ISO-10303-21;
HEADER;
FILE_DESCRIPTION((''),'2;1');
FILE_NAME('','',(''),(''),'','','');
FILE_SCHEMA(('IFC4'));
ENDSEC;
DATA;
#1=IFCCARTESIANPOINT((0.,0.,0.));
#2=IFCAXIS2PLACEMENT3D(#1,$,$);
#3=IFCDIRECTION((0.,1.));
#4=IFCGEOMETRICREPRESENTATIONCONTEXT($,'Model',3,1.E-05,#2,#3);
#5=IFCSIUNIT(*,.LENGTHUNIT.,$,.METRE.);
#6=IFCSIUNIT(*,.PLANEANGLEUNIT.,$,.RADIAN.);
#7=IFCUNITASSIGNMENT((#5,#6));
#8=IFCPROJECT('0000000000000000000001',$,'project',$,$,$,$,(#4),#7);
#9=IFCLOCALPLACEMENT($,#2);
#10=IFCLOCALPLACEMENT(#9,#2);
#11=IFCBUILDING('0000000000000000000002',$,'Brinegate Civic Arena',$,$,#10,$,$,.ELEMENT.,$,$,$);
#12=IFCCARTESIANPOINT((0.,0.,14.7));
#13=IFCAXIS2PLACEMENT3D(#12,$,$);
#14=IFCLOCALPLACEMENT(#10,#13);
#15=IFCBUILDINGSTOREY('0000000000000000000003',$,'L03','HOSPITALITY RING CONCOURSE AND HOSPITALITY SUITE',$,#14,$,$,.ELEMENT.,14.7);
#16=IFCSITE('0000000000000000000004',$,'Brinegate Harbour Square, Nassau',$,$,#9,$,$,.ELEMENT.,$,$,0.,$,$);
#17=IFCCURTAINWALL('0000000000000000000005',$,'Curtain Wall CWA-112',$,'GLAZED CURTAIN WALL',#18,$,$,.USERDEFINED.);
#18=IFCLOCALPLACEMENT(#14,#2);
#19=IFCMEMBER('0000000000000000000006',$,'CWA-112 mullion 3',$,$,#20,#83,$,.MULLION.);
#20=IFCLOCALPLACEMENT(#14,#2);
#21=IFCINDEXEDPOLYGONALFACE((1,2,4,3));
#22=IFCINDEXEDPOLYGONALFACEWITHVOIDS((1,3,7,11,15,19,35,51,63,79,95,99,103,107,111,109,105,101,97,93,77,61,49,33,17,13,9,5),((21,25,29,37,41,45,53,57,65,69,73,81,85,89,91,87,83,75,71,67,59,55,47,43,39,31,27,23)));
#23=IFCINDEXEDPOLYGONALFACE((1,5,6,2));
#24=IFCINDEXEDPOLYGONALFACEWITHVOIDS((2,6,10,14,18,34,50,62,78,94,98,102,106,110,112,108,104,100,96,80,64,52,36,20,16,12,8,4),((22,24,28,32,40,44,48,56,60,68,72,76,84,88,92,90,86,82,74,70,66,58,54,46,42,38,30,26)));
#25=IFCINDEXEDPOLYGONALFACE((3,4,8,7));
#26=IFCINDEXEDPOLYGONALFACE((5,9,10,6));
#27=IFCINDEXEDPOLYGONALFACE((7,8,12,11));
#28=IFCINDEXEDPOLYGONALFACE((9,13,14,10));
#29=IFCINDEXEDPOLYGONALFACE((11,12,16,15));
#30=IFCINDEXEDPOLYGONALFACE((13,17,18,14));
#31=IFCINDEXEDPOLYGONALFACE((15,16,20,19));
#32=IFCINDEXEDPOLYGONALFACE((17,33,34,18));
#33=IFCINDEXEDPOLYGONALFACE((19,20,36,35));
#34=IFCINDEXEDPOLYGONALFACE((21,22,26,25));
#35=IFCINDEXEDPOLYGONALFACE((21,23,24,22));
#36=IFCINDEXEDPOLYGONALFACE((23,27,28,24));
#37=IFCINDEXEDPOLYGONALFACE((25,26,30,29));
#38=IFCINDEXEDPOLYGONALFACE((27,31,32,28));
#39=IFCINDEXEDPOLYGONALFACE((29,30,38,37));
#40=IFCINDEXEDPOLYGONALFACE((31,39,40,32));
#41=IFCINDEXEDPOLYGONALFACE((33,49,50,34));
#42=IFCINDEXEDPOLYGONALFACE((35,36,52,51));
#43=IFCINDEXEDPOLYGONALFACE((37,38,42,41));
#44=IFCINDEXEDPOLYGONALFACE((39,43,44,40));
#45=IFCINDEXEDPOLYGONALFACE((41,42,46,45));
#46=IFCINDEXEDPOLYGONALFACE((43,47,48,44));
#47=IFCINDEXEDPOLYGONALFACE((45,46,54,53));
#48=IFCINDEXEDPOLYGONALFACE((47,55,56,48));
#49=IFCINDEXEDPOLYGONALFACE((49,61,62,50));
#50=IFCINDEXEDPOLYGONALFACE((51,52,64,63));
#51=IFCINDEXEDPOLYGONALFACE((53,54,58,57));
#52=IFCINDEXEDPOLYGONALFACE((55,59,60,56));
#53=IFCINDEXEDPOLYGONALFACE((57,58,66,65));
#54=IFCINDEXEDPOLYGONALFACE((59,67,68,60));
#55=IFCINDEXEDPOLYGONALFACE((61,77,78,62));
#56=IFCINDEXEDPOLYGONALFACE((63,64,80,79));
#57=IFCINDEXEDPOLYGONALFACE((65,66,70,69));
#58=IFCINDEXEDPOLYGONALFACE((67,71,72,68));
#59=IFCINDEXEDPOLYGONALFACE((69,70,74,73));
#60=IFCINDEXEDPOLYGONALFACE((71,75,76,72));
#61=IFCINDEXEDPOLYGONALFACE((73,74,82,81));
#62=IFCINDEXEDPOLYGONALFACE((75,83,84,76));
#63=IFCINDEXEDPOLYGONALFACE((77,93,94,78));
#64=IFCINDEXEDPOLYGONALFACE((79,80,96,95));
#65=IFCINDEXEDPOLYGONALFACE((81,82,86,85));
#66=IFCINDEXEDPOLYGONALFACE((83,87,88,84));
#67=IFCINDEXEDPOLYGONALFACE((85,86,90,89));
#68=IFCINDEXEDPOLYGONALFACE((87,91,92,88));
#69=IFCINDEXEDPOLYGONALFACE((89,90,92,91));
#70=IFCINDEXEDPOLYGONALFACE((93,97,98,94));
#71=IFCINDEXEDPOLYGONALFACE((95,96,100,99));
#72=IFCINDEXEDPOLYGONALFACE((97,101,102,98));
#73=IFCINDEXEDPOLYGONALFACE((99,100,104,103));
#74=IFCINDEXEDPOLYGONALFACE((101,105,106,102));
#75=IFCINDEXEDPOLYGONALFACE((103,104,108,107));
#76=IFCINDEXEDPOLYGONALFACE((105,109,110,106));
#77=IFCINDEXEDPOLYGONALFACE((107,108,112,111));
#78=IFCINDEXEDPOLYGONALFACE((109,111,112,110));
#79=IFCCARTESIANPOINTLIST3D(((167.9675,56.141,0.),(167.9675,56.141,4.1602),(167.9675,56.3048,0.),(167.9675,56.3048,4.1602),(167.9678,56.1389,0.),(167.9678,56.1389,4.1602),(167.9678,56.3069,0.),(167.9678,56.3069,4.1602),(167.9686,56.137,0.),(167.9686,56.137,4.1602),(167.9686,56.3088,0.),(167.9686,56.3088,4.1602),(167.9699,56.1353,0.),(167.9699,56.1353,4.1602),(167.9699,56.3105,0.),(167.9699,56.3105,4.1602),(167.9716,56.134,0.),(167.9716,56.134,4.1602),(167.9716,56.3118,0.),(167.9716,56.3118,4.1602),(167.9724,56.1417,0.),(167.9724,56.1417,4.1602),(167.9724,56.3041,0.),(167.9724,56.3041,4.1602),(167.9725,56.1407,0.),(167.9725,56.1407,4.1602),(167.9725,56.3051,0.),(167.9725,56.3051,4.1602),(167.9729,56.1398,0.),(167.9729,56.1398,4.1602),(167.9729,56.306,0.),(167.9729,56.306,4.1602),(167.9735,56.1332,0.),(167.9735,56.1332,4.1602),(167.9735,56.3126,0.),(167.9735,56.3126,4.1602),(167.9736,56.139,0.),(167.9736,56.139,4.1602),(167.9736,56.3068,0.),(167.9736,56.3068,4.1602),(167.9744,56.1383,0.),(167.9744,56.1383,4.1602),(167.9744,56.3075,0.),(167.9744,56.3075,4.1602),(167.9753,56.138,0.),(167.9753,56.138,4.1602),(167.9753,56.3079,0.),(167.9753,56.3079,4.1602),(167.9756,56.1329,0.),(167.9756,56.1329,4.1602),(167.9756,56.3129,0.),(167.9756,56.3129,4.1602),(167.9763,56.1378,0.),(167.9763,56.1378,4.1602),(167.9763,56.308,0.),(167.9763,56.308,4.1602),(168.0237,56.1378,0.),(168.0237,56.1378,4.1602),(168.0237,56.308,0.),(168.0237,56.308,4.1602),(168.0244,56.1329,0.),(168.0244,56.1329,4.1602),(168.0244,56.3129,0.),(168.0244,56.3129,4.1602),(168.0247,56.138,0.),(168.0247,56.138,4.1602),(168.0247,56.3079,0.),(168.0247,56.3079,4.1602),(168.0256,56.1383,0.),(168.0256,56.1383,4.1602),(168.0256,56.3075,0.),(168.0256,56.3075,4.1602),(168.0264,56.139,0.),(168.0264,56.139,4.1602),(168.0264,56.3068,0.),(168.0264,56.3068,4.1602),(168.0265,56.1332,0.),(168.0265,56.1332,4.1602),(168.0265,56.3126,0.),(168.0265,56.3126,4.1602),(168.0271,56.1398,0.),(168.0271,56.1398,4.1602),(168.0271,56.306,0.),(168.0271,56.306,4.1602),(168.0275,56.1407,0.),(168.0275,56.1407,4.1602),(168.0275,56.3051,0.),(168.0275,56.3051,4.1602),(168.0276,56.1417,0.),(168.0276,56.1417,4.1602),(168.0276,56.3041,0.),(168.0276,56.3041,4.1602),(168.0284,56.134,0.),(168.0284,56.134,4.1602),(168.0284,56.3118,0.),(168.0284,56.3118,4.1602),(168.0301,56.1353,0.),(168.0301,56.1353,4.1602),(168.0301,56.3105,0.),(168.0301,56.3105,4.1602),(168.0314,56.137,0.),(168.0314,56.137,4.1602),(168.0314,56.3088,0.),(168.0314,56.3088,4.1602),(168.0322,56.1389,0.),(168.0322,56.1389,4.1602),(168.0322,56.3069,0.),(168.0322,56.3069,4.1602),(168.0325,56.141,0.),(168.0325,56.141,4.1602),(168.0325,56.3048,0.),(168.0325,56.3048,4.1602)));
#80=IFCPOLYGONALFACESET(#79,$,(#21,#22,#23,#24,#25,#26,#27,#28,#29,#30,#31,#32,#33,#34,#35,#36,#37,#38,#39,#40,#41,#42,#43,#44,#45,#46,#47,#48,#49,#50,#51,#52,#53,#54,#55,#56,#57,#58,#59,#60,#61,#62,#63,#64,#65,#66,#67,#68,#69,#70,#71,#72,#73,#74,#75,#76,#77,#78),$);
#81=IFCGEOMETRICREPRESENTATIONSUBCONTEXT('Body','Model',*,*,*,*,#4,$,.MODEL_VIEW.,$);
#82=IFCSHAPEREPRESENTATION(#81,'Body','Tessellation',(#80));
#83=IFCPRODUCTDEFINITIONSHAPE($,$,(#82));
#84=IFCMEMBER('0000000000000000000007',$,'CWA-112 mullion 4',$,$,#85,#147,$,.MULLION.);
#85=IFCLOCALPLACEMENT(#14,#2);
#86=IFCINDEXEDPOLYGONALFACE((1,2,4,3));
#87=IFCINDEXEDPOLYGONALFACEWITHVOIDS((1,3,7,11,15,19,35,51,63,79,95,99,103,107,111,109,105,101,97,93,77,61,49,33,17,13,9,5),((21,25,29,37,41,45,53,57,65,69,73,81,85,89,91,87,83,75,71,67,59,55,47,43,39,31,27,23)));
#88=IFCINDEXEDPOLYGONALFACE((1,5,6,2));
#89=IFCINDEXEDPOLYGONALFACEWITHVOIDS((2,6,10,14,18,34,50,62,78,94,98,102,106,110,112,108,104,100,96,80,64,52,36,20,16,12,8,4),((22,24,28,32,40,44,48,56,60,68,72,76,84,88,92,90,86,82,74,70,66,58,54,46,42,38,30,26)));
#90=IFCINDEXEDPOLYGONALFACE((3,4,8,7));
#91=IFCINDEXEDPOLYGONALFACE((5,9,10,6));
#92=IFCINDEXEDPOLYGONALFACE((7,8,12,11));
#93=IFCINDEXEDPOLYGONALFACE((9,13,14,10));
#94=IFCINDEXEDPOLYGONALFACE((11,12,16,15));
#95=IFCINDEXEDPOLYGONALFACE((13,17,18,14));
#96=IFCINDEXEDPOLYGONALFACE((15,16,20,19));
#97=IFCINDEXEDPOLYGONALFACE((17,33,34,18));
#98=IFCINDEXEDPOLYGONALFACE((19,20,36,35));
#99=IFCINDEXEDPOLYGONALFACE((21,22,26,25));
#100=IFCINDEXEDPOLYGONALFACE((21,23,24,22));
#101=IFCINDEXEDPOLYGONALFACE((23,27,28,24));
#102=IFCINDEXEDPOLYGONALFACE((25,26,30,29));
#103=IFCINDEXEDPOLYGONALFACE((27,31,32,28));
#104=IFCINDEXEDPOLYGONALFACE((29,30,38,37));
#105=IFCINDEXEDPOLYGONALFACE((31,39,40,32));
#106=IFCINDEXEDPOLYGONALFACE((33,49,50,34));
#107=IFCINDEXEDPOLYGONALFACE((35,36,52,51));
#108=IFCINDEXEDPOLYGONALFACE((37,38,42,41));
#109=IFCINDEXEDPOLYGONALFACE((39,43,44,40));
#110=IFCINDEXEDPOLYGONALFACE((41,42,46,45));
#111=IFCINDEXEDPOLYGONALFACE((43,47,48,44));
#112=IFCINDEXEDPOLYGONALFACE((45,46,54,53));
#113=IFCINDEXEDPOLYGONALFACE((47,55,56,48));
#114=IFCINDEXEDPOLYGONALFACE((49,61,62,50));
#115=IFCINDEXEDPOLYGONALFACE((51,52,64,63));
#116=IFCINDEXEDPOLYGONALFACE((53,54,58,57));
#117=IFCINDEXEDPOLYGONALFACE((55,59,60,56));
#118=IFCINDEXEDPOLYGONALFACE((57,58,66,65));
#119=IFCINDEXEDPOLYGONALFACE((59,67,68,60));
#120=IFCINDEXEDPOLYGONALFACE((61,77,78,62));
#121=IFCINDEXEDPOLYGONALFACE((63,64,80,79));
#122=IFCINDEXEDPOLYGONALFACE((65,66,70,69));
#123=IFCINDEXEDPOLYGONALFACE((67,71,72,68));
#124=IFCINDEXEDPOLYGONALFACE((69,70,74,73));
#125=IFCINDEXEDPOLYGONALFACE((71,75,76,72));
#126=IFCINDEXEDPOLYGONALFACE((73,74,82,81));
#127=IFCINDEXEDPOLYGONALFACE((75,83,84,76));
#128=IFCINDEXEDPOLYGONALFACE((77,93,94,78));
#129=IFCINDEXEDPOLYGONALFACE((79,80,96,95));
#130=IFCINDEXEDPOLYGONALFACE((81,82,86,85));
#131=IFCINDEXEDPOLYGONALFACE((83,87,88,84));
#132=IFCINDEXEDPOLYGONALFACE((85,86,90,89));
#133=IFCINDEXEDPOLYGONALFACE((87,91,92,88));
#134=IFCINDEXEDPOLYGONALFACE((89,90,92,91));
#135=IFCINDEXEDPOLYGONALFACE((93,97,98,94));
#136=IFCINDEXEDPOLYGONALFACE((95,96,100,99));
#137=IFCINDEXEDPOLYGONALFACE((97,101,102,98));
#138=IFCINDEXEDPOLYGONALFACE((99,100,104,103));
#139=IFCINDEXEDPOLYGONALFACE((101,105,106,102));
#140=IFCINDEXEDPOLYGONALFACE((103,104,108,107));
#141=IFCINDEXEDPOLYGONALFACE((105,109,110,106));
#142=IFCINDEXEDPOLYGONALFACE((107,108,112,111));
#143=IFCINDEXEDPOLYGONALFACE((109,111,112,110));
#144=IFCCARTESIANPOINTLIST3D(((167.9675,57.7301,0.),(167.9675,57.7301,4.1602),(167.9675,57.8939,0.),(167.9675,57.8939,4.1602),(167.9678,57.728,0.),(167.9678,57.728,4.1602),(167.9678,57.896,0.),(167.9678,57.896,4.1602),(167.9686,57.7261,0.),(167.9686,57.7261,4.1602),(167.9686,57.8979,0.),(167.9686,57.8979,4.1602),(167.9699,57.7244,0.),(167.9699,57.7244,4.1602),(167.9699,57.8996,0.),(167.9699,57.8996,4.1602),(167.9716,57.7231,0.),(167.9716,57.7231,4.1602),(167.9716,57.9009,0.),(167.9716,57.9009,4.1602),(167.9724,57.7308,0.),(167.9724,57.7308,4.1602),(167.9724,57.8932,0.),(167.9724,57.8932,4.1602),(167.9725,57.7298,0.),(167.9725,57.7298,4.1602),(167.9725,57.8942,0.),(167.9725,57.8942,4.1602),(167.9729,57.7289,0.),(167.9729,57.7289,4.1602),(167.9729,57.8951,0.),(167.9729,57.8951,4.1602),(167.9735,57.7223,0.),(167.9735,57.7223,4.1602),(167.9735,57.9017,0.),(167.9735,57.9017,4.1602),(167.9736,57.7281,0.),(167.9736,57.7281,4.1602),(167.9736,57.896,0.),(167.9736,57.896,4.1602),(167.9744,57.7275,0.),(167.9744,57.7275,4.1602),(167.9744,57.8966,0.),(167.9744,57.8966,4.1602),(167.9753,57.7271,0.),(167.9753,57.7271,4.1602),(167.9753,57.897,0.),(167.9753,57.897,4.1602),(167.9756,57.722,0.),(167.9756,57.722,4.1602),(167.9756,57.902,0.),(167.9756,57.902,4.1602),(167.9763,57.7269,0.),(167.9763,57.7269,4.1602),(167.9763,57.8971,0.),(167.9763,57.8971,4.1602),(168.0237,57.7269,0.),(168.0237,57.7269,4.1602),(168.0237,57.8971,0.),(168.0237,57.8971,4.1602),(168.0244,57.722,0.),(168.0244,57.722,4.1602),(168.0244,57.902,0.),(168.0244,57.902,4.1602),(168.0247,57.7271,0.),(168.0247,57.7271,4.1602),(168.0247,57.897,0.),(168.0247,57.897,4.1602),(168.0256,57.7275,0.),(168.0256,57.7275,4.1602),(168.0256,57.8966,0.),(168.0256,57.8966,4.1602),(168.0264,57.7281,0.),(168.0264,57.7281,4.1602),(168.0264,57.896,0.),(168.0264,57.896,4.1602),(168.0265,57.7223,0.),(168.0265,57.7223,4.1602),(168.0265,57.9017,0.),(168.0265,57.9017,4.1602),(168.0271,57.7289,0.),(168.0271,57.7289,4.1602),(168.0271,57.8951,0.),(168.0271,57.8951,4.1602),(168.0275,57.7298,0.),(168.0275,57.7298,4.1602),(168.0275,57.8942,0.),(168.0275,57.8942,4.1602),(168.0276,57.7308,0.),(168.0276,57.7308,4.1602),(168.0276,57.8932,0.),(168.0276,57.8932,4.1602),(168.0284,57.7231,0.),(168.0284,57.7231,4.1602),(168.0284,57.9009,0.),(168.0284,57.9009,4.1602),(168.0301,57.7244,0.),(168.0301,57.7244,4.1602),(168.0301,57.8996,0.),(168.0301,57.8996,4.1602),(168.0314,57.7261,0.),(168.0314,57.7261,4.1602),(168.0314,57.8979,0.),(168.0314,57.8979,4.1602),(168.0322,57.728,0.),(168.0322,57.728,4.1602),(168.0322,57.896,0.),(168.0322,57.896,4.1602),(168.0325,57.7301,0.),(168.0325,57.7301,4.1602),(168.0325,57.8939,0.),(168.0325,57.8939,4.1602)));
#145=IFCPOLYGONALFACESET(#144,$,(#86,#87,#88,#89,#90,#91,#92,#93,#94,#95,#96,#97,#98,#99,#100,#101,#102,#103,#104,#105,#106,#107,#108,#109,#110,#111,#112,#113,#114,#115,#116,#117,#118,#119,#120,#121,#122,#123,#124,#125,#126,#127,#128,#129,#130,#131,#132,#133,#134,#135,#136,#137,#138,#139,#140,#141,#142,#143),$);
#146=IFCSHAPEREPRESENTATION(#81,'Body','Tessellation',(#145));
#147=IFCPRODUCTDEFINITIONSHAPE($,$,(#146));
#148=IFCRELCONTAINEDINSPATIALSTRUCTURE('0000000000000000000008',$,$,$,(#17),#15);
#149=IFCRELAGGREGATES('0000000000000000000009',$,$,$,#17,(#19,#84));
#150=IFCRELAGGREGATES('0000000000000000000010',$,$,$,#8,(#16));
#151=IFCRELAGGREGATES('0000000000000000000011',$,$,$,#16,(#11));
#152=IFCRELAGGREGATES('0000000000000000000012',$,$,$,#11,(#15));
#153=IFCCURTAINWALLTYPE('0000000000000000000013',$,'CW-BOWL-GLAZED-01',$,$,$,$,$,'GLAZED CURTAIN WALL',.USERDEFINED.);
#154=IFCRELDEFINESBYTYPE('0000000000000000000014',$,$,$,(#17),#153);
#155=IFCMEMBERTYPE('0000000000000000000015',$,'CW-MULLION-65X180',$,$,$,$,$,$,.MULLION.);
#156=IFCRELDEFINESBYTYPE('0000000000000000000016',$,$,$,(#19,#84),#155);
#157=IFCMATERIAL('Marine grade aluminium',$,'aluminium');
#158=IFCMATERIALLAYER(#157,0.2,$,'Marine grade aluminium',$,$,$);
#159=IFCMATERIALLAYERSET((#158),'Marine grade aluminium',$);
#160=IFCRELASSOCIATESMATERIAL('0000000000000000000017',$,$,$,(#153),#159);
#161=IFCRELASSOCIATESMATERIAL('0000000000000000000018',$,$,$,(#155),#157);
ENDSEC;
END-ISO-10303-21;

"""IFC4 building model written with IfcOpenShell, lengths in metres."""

from ifc_helpers import new_model, si_unit, direction, frame, origin, origin_2d, place, context, subcontext, project, spatial, hollow_rectangle, extrude, material, layer, layer_set, material_profile, profile_set, type_object, element, aggregate, save


model = new_model("IFC4")

# Units and contexts
model_context = context("Model", 3, precision=1e-05, world=origin(), true_north=direction((0.0, 1.0)))
body_context = subcontext(model_context, "Body", "Model", "MODEL_VIEW")
ifc_project = project(units=[si_unit("LENGTHUNIT", "METRE"), si_unit("PLANEANGLEUNIT", "RADIAN")], contexts=[model_context])

# Site, building, storey
site_placement = place(None, origin())
site = spatial("IfcSite", under=ifc_project, at=site_placement, Name="Brinegate Harbour Square, Nassau", CompositionType="ELEMENT", RefElevation=0.0)
building_placement = place(site_placement, origin())
building = spatial("IfcBuilding", under=site, at=building_placement, Name="Brinegate Civic Arena", CompositionType="ELEMENT")
storey_placement = place(building_placement, frame((0.0, 0.0, 14.7)))
storey = spatial("IfcBuildingStorey", under=building, at=storey_placement, Name="L03", Description="HOSPITALITY RING CONCOURSE AND HOSPITALITY SUITE", CompositionType="ELEMENT", Elevation=14.7)

# Curtain wall, members
ifc_material_1 = material(Name="Marine grade aluminium", Category="aluminium")
ifc_layer_1 = layer(ifc_material_1, 0.2, Name="Marine grade aluminium")
ifc_layer_set_1 = layer_set([ifc_layer_1], Name="Marine grade aluminium")
curtain_wall_type = type_object("IfcCurtainWallType", Name="CW-BOWL-GLAZED-01", ElementType="GLAZED CURTAIN WALL", PredefinedType="USERDEFINED", material=ifc_layer_set_1)
curtain_wall_1_placement = place(storey_placement, origin())
curtain_wall_1 = element("IfcCurtainWall", 1, at=curtain_wall_1_placement, inside=storey, type_object=curtain_wall_type, Name="Curtain Wall CWA-112", ObjectType="GLAZED CURTAIN WALL", PredefinedType="USERDEFINED")
ifc_material_profile_1 = material_profile(ifc_material_1, hollow_rectangle(XDim=0.0649, YDim=0.1799, WallThickness=0.0049, InnerFilletRadius=0.0039, OuterFilletRadius=0.0081, at=origin_2d()), Name="MUL65X180")
ifc_profile_set_1 = profile_set([ifc_material_profile_1], Name="Marine grade aluminium")
member_type_1 = type_object("IfcMemberType", Name="CW-MULLION-65X180", PredefinedType="MULLION", material=ifc_profile_set_1)
member_1_placement = place(storey_placement, frame((168.0, 56.2229, 0.0), z_axis=(0.0, 0.0, 1.0), x_axis=(-1.0, 0.0, 0.0)))
member_1 = element("IfcMember", 2, at=member_1_placement, type_object=member_type_1, Name="CWA-112 mullion 3", PredefinedType="MULLION", context=body_context, shape_type="SweptSolid", body=[
    extrude(hollow_rectangle(XDim=0.0649, YDim=0.1799, WallThickness=0.0049, InnerFilletRadius=0.0039, OuterFilletRadius=0.0081, at=origin_2d()), origin(), (0.0, 0.0, 1.0), 4.1602),
])
member_2_placement = place(storey_placement, frame((168.0, 57.812, 0.0), z_axis=(0.0, 0.0, 1.0), x_axis=(-1.0, 0.0, 0.0)))
member_2 = element("IfcMember", 3, at=member_2_placement, type_object=member_type_1, Name="CWA-112 mullion 4", PredefinedType="MULLION", context=body_context, shape_type="SweptSolid", body=[
    extrude(hollow_rectangle(XDim=0.0649, YDim=0.1799, WallThickness=0.0049, InnerFilletRadius=0.0039, OuterFilletRadius=0.0081, at=origin_2d()), origin(), (0.0, 0.0, 1.0), 4.1602),
])

aggregate(curtain_wall_1, [member_1, member_2])

save(model, "model.ifc")
